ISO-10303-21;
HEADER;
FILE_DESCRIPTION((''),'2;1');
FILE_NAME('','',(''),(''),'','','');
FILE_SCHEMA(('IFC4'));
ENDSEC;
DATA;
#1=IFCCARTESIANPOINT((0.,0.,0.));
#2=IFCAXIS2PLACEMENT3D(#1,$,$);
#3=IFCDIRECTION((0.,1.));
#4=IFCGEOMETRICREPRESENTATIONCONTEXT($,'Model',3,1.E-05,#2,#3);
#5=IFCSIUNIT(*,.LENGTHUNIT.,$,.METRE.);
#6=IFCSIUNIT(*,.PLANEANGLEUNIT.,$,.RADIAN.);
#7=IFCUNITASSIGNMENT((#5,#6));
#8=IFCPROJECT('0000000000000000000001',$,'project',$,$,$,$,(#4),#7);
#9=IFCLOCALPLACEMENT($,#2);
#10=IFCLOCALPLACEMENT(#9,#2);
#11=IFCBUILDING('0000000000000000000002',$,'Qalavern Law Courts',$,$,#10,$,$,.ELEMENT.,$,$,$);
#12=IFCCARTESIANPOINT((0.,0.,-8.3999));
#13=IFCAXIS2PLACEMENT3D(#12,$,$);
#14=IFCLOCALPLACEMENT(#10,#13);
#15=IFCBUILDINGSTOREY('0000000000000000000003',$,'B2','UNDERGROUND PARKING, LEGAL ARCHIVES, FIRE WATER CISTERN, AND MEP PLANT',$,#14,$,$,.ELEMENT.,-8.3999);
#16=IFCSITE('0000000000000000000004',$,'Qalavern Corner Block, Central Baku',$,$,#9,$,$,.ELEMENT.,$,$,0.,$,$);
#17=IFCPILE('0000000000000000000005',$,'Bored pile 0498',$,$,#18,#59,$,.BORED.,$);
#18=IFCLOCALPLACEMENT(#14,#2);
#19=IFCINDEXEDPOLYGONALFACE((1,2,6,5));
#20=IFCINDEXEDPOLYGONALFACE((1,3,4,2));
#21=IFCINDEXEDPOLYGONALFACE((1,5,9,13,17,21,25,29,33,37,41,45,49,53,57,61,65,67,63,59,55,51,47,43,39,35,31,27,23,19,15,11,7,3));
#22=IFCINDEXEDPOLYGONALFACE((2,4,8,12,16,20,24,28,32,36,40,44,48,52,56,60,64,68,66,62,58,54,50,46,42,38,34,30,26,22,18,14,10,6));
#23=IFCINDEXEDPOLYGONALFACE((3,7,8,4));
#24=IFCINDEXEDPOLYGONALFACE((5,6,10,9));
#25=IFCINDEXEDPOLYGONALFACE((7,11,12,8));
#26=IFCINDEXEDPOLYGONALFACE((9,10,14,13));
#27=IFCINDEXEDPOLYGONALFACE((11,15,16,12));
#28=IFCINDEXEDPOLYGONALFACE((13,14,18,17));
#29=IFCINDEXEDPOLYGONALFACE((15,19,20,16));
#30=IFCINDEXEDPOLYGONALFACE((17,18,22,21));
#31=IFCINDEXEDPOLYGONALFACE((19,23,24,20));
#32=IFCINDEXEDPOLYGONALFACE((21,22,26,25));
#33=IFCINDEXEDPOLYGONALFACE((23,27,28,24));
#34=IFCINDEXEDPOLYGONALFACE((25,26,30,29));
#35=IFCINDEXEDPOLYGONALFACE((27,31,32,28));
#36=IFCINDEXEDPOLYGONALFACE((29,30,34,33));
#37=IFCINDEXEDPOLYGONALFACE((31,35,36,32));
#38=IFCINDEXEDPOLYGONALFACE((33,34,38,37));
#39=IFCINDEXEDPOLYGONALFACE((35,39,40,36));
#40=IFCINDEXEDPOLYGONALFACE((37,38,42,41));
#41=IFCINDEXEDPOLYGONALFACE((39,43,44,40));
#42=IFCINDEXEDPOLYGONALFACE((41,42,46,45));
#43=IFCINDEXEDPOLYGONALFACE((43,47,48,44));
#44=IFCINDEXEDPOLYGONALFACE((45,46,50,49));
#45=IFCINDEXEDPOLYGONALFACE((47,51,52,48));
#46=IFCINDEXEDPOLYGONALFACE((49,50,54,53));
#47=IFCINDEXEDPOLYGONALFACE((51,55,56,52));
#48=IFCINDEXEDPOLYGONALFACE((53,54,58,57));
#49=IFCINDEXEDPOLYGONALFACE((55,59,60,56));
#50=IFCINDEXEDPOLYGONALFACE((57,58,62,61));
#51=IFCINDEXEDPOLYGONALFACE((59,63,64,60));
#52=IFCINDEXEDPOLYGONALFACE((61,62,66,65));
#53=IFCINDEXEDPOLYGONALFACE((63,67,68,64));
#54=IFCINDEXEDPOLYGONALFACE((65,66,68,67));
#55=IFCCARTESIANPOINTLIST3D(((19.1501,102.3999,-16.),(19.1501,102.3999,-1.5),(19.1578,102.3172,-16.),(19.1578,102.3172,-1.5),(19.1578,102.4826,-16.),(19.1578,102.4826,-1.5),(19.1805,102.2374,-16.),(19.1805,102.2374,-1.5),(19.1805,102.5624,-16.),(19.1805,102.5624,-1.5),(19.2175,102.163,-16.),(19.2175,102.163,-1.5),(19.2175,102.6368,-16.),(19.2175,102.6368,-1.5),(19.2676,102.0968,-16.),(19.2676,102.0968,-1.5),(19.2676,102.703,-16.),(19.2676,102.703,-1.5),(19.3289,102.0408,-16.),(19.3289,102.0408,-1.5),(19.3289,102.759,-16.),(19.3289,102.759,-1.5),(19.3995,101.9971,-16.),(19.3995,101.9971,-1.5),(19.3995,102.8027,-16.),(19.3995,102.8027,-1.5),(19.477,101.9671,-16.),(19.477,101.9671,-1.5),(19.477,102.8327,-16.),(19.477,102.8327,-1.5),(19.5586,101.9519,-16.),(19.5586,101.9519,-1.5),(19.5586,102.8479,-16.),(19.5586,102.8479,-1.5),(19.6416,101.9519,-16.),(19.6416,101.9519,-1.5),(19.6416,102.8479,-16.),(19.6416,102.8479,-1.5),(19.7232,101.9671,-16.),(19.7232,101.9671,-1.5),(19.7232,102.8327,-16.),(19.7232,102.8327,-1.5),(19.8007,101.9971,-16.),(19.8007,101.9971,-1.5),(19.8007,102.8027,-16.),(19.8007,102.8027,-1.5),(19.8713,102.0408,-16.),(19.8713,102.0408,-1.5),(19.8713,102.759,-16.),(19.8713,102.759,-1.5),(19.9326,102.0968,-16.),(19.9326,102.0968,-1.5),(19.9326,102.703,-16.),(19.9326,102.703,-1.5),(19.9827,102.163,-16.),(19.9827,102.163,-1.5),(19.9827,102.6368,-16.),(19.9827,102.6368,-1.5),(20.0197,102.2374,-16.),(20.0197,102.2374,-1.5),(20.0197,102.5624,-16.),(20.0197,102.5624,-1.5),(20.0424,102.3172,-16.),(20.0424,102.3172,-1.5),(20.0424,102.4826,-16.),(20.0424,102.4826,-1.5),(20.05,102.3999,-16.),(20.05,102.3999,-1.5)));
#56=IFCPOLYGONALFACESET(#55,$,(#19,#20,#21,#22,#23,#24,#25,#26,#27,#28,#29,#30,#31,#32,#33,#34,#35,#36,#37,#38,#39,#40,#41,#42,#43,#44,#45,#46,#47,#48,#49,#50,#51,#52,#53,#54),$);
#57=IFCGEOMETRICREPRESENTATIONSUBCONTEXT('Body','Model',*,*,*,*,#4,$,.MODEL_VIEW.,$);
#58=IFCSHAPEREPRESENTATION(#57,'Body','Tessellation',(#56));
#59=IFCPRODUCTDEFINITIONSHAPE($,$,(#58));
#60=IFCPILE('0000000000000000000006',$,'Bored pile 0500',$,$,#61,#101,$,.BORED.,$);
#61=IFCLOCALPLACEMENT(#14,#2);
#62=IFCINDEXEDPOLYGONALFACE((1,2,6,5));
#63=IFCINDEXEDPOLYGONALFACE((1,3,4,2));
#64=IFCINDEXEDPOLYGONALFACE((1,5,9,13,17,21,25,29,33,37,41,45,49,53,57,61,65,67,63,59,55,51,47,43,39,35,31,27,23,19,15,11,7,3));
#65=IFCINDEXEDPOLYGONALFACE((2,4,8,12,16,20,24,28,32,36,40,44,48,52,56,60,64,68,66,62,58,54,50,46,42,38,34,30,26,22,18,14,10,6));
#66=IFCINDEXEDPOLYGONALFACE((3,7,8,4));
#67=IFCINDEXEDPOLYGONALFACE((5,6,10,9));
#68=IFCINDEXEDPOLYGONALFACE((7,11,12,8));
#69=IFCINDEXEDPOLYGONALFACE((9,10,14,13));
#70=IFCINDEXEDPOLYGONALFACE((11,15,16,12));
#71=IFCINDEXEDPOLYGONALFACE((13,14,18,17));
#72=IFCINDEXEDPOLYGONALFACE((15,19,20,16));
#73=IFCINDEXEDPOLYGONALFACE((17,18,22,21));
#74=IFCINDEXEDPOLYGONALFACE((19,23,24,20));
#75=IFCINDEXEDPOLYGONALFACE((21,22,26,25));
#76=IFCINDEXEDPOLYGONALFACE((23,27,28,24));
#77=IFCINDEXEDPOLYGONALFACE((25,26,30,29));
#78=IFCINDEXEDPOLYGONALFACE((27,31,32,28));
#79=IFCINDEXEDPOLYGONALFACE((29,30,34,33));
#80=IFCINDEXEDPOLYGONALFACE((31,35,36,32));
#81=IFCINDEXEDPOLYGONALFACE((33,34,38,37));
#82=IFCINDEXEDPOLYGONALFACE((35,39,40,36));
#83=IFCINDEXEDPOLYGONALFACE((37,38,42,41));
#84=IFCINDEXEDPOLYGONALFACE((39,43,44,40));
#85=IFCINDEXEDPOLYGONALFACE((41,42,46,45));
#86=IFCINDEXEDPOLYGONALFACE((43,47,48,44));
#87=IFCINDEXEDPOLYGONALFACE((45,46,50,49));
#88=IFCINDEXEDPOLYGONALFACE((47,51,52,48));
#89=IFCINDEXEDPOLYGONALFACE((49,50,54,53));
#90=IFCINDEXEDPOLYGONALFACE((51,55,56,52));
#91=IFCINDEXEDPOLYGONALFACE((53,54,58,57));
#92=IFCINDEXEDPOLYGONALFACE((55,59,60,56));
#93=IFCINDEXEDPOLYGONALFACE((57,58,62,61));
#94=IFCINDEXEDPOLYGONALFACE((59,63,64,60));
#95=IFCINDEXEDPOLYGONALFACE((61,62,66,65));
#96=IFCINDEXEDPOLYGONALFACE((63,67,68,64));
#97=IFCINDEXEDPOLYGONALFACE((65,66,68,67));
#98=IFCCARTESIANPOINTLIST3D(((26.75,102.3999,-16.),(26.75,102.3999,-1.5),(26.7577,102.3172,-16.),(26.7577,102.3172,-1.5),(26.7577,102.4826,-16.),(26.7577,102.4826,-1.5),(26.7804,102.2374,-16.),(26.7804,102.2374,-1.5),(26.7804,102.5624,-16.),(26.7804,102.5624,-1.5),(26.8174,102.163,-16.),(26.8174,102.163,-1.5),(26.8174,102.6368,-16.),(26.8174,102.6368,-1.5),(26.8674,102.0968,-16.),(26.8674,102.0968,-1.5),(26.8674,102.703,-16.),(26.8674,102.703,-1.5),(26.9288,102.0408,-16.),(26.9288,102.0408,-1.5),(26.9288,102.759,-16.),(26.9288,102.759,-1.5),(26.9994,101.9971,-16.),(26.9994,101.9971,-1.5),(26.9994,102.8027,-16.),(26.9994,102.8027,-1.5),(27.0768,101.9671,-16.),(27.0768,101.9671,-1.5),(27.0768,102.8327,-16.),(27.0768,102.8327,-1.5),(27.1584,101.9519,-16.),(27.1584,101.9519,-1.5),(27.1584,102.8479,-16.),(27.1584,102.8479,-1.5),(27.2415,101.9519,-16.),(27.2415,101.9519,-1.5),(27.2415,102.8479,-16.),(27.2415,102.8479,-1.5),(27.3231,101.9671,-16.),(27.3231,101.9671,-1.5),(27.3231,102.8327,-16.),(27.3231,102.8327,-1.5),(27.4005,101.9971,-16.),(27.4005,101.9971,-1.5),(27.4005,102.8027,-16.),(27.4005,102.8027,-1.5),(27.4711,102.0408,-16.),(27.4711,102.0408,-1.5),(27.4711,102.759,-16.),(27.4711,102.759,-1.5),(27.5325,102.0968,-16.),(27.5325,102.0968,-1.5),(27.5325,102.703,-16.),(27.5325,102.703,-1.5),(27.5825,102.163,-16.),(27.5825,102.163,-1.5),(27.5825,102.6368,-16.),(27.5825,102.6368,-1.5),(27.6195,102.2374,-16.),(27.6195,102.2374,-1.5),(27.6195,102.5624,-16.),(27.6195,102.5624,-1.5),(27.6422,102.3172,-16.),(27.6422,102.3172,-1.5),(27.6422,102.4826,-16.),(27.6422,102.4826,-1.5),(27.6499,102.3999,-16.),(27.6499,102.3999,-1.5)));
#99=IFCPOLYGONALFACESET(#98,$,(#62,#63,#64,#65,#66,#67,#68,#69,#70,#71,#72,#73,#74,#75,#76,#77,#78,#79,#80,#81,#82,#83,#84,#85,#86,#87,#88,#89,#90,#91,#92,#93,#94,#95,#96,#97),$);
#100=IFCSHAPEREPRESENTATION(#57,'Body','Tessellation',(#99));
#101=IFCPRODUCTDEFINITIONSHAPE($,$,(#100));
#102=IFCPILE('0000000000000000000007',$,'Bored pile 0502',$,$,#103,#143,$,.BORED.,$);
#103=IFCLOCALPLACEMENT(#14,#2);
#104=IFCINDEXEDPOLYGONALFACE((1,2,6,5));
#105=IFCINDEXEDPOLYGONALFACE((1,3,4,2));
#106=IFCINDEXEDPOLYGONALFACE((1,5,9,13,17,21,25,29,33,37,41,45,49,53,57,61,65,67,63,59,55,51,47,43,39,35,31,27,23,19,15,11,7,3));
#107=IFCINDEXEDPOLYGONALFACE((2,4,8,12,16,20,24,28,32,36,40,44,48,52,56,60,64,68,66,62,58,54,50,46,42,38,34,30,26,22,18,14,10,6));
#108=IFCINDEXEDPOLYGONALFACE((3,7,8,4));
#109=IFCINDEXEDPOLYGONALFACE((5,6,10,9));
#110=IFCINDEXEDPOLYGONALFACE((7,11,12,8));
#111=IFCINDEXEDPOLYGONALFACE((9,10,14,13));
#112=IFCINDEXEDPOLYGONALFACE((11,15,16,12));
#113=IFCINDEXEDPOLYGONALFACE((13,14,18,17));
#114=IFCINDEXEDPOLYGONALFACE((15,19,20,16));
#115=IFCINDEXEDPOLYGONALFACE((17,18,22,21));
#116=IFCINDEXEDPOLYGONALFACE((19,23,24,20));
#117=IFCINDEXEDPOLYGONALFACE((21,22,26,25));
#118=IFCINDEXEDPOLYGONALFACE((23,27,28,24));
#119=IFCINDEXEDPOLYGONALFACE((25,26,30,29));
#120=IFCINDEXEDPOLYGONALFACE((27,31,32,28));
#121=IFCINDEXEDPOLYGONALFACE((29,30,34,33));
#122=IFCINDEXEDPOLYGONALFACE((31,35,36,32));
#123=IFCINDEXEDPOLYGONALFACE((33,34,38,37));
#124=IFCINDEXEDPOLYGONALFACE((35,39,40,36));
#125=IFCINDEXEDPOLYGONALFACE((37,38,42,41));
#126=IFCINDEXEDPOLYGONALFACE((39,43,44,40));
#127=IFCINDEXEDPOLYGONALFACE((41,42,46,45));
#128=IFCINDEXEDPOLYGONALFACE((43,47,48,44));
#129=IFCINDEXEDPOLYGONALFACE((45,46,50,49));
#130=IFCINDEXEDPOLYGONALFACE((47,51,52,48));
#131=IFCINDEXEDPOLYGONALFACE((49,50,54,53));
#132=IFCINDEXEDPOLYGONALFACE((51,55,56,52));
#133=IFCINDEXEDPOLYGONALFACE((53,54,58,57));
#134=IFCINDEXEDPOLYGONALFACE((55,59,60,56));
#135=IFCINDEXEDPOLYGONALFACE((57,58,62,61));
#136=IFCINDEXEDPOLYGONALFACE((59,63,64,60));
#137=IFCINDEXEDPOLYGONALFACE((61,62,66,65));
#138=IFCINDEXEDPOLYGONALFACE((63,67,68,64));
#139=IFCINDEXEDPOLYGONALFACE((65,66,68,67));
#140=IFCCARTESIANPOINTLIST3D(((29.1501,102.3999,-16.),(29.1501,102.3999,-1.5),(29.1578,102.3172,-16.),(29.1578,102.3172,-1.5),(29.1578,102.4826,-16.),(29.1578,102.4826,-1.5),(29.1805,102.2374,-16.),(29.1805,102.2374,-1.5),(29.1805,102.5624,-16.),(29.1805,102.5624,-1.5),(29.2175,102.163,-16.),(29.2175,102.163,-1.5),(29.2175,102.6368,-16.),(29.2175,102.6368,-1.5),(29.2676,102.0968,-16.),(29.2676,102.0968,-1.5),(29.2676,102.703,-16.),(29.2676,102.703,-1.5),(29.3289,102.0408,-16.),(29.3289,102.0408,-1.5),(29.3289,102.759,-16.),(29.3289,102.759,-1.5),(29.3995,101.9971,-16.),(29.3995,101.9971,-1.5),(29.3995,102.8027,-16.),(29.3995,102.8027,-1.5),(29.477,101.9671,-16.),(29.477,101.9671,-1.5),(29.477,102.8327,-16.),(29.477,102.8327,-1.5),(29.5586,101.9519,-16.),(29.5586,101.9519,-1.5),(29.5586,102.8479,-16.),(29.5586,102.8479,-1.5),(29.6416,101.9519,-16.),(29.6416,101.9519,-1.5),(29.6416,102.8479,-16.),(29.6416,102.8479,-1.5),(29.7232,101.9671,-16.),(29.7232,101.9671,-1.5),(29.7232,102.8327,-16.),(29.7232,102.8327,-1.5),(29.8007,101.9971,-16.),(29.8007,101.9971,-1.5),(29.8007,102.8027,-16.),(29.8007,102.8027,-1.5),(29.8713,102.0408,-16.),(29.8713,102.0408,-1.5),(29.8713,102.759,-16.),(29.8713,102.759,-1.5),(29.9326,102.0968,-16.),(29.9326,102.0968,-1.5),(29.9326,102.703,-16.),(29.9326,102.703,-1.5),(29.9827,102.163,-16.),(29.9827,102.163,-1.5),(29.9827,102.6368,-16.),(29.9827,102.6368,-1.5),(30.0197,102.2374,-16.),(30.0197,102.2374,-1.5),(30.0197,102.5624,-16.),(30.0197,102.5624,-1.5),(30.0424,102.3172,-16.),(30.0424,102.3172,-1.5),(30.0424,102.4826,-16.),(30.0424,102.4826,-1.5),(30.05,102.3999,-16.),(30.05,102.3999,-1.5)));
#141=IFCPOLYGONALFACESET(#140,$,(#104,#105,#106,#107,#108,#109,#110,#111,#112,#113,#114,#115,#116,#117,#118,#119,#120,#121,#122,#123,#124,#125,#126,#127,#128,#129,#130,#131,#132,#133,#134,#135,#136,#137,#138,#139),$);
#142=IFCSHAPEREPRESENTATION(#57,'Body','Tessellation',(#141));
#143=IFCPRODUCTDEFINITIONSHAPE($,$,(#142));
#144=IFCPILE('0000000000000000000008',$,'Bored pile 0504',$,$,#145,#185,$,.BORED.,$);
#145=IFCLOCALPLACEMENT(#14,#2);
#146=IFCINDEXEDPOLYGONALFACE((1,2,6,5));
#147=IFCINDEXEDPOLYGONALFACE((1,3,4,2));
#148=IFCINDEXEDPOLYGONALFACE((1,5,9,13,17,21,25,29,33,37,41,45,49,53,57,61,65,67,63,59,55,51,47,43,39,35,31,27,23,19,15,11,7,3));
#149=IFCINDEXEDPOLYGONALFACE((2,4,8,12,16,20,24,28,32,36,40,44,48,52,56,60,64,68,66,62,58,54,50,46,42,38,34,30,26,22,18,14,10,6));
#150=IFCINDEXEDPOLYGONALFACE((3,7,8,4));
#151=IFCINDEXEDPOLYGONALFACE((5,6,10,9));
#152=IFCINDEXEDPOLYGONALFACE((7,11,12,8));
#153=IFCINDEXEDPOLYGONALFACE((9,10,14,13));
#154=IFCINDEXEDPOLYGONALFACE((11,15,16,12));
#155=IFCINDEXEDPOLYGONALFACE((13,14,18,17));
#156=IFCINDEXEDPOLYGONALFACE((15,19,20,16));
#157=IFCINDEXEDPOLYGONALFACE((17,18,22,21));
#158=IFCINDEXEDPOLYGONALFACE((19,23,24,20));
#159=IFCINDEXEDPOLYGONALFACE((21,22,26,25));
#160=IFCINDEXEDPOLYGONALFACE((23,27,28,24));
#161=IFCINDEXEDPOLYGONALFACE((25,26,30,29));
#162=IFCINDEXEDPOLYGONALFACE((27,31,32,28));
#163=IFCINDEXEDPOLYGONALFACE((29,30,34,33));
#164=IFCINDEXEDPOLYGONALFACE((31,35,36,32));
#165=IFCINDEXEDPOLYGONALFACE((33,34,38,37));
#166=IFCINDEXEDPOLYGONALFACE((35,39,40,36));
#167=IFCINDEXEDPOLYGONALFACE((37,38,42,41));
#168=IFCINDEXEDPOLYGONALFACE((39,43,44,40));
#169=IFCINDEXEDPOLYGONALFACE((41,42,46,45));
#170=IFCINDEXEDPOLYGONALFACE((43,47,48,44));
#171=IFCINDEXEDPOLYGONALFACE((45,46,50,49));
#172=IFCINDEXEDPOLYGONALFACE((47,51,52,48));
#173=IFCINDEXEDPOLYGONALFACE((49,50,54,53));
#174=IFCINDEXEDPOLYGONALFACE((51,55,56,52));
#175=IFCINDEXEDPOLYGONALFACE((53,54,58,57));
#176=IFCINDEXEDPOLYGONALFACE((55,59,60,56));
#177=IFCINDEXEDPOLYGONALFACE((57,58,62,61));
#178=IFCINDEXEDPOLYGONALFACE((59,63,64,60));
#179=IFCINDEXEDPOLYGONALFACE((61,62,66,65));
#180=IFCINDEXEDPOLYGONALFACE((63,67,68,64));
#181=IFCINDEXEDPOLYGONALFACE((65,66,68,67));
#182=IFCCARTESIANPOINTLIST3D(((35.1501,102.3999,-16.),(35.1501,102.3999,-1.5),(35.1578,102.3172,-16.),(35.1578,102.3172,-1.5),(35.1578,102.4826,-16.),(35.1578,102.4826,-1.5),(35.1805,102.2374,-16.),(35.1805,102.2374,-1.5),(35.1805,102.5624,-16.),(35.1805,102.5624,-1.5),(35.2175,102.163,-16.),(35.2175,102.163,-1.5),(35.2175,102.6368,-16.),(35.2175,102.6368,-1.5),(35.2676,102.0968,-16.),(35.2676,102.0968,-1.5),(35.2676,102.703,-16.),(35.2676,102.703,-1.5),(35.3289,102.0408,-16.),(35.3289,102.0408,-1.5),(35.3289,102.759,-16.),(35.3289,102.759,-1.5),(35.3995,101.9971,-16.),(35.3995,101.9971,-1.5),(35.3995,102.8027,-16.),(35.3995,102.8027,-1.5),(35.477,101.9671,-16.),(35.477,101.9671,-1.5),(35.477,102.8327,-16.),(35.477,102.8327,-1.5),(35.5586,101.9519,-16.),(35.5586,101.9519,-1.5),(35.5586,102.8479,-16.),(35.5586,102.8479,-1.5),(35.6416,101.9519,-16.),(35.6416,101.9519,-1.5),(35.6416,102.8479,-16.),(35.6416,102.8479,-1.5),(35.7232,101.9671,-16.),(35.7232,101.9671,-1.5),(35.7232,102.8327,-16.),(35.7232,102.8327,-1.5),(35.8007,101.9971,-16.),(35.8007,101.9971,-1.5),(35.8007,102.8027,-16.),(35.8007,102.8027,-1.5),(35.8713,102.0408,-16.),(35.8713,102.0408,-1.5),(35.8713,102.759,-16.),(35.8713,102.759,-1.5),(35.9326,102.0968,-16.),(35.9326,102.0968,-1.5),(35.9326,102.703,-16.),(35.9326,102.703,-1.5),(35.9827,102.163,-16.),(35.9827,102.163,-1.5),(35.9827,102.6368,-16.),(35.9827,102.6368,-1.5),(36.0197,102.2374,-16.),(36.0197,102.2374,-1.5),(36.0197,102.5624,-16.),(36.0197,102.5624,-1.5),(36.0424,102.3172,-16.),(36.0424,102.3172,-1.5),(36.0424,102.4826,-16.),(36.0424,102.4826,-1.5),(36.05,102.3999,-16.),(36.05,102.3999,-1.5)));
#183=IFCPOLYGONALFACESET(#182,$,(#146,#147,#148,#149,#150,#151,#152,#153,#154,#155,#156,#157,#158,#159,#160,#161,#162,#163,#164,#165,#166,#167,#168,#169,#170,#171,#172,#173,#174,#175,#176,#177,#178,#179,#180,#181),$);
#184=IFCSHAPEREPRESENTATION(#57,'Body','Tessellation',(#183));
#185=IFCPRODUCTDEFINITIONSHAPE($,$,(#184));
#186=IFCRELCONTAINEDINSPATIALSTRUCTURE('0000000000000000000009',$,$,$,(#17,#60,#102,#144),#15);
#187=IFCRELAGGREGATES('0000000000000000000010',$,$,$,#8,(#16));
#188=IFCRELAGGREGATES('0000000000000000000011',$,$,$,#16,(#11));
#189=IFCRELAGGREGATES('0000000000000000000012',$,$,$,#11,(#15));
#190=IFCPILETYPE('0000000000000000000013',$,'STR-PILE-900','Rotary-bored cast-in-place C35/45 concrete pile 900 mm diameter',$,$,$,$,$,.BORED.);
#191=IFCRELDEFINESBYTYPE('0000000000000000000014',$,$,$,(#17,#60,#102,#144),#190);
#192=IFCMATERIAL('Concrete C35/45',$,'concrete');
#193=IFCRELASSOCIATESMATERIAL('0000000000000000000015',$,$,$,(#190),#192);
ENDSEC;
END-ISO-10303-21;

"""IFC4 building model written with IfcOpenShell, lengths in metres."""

from ifc_helpers import new_model, si_unit, direction, frame, origin, origin_2d, place, context, subcontext, project, spatial, circle, extrude, material, material_profile, profile_set, type_object, element, save


model = new_model("IFC4")

# Units and contexts
model_context = context("Model", 3, precision=1e-05, world=origin(), true_north=direction((0.0, 1.0)))
body_context = subcontext(model_context, "Body", "Model", "MODEL_VIEW")
ifc_project = project(units=[si_unit("LENGTHUNIT", "METRE"), si_unit("PLANEANGLEUNIT", "RADIAN")], contexts=[model_context])

# Site, building, storey
site_placement = place(None, origin())
site = spatial("IfcSite", under=ifc_project, at=site_placement, Name="Qalavern Corner Block, Central Baku", CompositionType="ELEMENT", RefElevation=0.0)
building_placement = place(site_placement, origin())
building = spatial("IfcBuilding", under=site, at=building_placement, Name="Qalavern Law Courts", CompositionType="ELEMENT")
storey_placement = place(building_placement, frame((0.0, 0.0, -8.3999)))
storey = spatial("IfcBuildingStorey", under=building, at=storey_placement, Name="B2", Description="UNDERGROUND PARKING, LEGAL ARCHIVES, FIRE WATER CISTERN, AND MEP PLANT", CompositionType="ELEMENT", Elevation=-8.3999)

# Shared definitions
ifc_material_1 = material(Name="Concrete C35/45", Category="concrete")

# Piles
ifc_material_profile_1 = material_profile(ifc_material_1, circle(Radius=0.45, at=origin_2d()), Name="BORED PILE 900")
ifc_profile_set_1 = profile_set([ifc_material_profile_1], Name="Concrete C35/45")
pile_type = type_object("IfcPileType", Name="STR-PILE-900", Description="Rotary-bored cast-in-place C35/45 concrete pile 900 mm diameter", PredefinedType="BORED", material=ifc_profile_set_1)
for number, where, z_axis, x_axis, name in (
    (1, (19.6001, 102.3999, -1.5), (0.0, 0.0, -1.0), (1.0, 0.0, 0.0), "Bored pile 0498"),
    (2, (27.2, 102.3999, -1.5), (0.0, 0.0, -1.0), (1.0, 0.0, 0.0), "Bored pile 0500"),
    (3, (29.6001, 102.3999, -1.5), (0.0, 0.0, -1.0), (1.0, 0.0, 0.0), "Bored pile 0502"),
    (4, (35.6001, 102.3999, -1.5), (0.0, 0.0, -1.0), (1.0, 0.0, 0.0), "Bored pile 0504"),
):
    element("IfcPile", number, at=place(storey_placement, frame(where, z_axis=z_axis, x_axis=x_axis)), inside=storey, type_object=pile_type, Name=name, PredefinedType="BORED", context=body_context, shape_type="SweptSolid", body=[
        extrude(circle(Radius=0.45, at=origin_2d()), origin(), (0.0, 0.0, 1.0), 14.5),
    ])

save(model, "model.ifc")
